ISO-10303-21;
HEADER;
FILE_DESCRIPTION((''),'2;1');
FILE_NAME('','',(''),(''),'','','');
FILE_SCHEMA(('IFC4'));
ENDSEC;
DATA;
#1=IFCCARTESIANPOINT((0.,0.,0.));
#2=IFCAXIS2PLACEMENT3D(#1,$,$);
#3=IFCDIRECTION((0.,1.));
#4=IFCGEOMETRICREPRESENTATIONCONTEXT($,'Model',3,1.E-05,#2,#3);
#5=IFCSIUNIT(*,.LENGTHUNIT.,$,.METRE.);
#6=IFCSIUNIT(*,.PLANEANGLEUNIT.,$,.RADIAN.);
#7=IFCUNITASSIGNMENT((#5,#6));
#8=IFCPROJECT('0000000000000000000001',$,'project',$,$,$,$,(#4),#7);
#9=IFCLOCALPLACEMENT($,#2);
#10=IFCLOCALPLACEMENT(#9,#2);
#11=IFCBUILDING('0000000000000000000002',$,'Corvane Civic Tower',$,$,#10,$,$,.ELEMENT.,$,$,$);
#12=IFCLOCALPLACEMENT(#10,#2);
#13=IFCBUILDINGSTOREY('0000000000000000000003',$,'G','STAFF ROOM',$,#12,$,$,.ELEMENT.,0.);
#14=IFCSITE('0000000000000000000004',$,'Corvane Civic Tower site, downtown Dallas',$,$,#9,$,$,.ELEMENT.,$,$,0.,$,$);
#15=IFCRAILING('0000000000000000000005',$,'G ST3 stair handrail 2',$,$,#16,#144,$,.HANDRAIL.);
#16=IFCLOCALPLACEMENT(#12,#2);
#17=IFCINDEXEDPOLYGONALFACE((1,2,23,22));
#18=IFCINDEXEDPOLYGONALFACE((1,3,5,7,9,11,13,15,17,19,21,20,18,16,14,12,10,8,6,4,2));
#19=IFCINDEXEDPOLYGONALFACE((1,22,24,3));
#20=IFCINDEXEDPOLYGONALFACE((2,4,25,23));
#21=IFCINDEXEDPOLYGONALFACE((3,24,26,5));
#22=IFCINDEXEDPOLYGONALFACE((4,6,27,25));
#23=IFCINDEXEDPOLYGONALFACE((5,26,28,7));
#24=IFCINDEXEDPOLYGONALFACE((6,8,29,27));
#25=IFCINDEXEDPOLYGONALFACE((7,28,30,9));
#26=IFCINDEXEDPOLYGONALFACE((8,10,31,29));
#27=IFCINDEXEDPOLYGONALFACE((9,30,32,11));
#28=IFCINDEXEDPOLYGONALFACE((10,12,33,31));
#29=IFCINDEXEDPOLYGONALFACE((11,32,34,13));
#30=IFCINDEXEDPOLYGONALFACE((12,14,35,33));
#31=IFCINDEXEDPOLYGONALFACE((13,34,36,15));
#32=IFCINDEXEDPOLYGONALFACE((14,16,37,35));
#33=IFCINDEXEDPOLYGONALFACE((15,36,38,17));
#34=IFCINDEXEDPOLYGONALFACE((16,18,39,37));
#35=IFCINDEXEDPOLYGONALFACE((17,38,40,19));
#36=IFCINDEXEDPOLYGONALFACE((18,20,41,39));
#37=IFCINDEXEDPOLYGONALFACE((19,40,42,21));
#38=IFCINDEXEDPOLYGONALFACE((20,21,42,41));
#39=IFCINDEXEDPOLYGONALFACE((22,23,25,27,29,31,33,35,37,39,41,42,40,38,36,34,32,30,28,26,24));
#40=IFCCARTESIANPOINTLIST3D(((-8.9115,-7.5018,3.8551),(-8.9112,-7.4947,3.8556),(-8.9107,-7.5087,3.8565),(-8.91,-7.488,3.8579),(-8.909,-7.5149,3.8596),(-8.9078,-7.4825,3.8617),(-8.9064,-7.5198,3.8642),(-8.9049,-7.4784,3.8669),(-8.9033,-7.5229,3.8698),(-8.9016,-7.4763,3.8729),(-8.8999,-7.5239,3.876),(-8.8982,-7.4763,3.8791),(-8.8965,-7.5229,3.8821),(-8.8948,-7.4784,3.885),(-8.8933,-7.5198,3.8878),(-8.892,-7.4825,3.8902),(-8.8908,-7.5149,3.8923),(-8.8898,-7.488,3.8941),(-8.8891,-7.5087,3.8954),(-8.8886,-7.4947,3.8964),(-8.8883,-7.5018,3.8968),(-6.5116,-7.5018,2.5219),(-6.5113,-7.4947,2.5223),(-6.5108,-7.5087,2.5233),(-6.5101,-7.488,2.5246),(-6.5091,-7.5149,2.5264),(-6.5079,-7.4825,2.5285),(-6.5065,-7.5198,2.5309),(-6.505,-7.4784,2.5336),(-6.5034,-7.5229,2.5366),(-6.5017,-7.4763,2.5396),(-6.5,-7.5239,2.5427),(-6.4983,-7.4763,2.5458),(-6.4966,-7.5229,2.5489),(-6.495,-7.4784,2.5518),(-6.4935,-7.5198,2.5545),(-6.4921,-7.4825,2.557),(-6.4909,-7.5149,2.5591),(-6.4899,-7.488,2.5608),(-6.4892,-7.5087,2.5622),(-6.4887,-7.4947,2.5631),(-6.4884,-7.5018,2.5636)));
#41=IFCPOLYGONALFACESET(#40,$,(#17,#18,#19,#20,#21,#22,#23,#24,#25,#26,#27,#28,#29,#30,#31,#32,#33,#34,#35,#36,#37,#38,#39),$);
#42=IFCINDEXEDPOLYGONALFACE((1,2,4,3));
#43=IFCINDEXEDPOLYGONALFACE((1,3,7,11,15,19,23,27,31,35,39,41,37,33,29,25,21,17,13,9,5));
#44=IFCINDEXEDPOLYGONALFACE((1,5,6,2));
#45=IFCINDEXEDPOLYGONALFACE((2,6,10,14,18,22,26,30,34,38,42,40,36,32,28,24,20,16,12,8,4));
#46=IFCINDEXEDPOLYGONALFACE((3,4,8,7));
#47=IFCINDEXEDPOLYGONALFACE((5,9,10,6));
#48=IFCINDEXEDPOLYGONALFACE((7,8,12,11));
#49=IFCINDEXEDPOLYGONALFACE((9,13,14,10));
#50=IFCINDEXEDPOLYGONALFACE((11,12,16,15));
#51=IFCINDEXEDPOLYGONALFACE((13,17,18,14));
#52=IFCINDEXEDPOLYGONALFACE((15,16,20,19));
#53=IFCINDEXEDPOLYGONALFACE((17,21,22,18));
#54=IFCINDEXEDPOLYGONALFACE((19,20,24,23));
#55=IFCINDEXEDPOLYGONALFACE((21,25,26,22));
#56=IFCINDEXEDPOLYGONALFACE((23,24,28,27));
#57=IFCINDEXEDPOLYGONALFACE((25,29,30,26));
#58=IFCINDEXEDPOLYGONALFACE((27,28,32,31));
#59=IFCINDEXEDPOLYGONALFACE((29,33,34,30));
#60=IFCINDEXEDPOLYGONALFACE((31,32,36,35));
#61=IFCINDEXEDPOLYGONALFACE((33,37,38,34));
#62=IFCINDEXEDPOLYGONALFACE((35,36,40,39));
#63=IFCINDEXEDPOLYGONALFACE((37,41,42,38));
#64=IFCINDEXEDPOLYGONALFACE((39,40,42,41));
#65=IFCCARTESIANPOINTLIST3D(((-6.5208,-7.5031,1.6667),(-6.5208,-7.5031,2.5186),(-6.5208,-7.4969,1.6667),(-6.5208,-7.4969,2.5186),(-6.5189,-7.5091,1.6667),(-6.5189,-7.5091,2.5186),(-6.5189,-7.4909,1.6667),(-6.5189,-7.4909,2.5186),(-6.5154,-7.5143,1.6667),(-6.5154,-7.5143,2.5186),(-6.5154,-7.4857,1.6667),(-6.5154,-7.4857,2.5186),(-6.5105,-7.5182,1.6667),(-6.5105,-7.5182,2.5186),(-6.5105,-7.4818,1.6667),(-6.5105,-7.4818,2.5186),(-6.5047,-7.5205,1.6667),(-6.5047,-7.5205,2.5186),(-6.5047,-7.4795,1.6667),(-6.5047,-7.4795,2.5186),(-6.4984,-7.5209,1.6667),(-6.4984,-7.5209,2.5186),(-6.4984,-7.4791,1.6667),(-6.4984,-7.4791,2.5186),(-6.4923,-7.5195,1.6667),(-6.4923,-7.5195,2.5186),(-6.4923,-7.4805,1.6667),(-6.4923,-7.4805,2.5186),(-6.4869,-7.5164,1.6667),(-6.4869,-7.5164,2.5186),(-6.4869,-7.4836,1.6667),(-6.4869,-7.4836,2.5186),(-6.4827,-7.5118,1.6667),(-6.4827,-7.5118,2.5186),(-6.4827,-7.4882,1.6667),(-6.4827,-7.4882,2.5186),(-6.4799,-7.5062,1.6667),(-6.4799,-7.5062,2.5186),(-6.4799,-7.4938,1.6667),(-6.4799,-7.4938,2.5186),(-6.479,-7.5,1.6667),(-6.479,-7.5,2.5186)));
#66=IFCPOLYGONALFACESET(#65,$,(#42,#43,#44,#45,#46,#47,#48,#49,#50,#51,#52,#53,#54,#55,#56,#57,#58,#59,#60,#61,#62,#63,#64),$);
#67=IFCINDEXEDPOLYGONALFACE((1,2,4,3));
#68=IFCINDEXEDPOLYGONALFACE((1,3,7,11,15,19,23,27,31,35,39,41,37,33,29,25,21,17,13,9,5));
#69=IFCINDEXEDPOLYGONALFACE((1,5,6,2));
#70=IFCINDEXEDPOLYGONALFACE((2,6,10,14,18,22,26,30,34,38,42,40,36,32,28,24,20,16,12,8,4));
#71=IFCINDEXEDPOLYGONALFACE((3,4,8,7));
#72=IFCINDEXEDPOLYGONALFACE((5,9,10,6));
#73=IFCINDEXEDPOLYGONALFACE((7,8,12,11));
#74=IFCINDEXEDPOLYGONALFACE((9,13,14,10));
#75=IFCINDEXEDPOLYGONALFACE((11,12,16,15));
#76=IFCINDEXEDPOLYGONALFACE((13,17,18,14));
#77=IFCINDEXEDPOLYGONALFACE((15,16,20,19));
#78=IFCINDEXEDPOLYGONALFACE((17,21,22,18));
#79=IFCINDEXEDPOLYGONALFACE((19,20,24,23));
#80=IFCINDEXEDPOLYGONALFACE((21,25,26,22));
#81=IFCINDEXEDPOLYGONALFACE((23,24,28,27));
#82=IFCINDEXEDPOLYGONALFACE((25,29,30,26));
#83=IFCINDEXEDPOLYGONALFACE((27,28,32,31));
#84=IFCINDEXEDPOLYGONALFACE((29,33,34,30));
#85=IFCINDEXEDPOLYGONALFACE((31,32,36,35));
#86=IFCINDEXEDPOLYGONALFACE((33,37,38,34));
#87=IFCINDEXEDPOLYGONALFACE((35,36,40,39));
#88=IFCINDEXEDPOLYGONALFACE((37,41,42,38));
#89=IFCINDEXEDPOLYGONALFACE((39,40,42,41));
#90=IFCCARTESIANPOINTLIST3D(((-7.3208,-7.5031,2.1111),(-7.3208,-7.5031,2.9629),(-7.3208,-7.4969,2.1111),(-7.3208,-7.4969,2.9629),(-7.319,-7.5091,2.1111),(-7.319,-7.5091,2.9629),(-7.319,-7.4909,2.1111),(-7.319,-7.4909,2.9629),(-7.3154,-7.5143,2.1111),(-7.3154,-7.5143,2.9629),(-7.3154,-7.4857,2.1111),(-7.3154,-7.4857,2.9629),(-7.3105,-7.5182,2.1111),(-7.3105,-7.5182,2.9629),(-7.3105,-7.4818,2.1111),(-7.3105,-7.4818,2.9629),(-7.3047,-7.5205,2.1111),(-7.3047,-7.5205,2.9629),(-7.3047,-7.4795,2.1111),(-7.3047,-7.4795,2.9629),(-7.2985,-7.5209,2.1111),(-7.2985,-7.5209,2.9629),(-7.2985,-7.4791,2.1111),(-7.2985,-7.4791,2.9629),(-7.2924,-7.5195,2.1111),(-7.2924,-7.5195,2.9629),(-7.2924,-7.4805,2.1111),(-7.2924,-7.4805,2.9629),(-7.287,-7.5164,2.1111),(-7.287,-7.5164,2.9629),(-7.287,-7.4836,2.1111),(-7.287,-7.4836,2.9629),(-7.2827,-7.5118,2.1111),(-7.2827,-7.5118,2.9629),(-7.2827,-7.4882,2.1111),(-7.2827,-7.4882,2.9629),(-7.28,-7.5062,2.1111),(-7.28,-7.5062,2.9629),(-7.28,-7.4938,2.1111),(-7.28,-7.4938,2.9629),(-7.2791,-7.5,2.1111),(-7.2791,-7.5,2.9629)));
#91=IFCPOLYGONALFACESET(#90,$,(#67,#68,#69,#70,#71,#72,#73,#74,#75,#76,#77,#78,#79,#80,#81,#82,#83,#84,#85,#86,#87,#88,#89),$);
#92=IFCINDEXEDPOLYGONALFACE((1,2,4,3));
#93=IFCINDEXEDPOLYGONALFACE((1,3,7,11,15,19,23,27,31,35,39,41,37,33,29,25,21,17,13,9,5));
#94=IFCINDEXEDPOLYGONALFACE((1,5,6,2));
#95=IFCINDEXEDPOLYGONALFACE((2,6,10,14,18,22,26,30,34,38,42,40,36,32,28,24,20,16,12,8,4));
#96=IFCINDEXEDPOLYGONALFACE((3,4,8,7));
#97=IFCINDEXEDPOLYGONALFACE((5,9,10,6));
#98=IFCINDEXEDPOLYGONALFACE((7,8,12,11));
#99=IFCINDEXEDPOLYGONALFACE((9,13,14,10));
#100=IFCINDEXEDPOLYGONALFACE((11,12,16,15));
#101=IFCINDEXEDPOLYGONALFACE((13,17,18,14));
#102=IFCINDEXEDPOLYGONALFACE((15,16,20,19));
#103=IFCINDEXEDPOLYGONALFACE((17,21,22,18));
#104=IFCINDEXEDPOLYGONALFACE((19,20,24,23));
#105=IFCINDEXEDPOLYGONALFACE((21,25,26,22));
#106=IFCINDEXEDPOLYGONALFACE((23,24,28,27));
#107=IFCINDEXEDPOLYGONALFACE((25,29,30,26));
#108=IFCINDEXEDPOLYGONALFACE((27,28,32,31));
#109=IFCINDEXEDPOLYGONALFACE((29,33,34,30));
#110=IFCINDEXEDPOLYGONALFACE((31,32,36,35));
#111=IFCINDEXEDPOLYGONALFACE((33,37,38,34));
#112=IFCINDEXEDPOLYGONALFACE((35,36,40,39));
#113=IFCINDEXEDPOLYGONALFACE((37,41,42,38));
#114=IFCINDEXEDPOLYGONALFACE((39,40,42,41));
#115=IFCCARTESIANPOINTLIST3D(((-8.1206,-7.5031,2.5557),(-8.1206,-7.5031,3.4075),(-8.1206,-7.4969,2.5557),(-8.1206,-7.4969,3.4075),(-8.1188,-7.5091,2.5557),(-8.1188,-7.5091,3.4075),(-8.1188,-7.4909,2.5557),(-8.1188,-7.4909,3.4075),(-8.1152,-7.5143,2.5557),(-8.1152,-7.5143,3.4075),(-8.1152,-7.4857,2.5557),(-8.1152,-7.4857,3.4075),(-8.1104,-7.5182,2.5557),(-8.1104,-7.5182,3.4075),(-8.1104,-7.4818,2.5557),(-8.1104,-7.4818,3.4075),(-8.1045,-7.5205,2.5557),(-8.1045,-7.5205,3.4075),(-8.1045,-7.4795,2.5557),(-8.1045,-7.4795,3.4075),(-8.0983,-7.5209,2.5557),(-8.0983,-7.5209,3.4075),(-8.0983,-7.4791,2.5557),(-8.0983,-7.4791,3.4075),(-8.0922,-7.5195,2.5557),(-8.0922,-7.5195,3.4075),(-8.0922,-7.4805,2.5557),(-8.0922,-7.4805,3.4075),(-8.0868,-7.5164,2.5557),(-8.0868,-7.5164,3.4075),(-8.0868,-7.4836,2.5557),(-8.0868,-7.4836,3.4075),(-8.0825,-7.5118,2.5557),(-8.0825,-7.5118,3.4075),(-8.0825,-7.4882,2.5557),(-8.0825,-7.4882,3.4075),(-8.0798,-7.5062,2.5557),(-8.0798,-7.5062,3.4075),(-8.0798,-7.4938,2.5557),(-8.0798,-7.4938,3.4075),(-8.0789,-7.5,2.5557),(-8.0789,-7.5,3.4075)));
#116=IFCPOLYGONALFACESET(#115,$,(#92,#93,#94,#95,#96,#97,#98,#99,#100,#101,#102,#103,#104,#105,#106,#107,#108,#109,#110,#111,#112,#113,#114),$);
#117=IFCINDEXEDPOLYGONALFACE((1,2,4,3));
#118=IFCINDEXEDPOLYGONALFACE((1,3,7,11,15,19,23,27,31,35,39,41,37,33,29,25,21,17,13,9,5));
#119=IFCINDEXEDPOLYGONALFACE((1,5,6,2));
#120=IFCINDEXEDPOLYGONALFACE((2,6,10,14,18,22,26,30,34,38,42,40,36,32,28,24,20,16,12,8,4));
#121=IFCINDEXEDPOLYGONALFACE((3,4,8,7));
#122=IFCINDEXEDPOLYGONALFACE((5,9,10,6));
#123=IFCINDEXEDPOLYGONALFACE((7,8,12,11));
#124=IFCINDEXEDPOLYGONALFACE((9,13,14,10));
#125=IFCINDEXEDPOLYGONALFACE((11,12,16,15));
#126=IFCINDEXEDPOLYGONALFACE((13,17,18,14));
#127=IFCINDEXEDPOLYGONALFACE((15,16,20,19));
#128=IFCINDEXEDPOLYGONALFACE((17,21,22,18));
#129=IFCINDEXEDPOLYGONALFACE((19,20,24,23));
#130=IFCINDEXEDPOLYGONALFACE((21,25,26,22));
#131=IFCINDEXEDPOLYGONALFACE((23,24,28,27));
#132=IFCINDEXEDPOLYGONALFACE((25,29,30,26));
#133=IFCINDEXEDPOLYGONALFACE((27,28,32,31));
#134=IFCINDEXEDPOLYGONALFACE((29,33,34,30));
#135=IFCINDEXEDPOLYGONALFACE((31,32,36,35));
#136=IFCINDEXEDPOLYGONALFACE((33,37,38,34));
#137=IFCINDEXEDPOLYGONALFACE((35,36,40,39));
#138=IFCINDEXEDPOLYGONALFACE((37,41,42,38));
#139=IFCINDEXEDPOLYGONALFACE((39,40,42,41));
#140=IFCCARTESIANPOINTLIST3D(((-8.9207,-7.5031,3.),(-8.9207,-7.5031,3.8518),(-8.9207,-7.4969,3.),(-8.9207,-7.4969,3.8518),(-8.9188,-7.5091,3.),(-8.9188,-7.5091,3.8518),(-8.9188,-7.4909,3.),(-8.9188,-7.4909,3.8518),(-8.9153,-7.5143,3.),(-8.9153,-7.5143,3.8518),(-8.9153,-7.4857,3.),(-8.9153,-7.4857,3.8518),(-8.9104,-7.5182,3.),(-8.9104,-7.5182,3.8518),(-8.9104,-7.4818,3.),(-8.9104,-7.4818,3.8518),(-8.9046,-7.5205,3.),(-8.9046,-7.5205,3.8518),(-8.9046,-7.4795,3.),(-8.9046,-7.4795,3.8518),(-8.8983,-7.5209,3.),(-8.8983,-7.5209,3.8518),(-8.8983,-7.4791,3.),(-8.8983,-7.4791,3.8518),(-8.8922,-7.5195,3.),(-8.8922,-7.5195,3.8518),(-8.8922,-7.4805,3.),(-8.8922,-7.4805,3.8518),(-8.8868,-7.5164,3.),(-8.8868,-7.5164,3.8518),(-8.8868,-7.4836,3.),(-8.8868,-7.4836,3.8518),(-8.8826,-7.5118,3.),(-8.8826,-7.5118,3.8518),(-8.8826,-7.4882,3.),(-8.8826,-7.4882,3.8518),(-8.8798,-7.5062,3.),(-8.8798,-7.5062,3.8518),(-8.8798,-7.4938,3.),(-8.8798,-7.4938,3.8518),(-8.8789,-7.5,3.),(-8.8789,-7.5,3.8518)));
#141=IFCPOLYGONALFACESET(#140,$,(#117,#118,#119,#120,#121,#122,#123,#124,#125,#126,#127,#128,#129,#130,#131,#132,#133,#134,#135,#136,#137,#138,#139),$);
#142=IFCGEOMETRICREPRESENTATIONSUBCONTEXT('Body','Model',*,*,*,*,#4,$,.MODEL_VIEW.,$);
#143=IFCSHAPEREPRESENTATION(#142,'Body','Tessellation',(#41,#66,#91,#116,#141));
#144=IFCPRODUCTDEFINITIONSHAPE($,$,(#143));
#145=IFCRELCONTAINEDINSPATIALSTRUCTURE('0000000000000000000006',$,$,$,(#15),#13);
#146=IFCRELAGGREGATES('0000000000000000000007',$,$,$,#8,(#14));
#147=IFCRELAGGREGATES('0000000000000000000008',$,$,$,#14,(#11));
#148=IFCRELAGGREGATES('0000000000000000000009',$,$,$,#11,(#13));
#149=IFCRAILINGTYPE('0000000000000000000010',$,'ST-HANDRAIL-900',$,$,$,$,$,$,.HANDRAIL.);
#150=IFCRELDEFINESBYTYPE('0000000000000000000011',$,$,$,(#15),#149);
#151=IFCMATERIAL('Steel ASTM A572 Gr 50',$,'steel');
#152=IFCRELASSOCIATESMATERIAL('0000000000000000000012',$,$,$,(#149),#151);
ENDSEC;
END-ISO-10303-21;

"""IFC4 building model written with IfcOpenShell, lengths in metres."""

from ifc_helpers import new_model, si_unit, direction, frame, origin, origin_2d, place, context, subcontext, project, spatial, circle, extrude, material, type_object, element, save


model = new_model("IFC4")

# Units and contexts
model_context = context("Model", 3, precision=1e-05, world=origin(), true_north=direction((0.0, 1.0)))
body_context = subcontext(model_context, "Body", "Model", "MODEL_VIEW")
ifc_project = project(units=[si_unit("LENGTHUNIT", "METRE"), si_unit("PLANEANGLEUNIT", "RADIAN")], contexts=[model_context])

# Site, building, storey
site_placement = place(None, origin())
site = spatial("IfcSite", under=ifc_project, at=site_placement, Name="Corvane Civic Tower site, downtown Dallas", CompositionType="ELEMENT", RefElevation=0.0)
building_placement = place(site_placement, origin())
building = spatial("IfcBuilding", under=site, at=building_placement, Name="Corvane Civic Tower", CompositionType="ELEMENT")
storey_placement = place(building_placement, origin())
storey = spatial("IfcBuildingStorey", under=building, at=storey_placement, Name="G", Description="STAFF ROOM", CompositionType="ELEMENT", Elevation=0.0)

# Railing
ifc_material_1 = material(Name="Steel ASTM A572 Gr 50", Category="steel")
railing_type_1 = type_object("IfcRailingType", Name="ST-HANDRAIL-900", PredefinedType="HANDRAIL", material=ifc_material_1)
for number, where, name in (
    (1, (-6.5, -7.5, 1.6667), "G ST3 stair handrail 2"),
):
    element("IfcRailing", number, at=place(storey_placement, frame(where)), inside=storey, type_object=railing_type_1, Name=name, PredefinedType="HANDRAIL", context=body_context, shape_type="SweptSolid", body=[
        extrude(circle(Radius=0.0239, at=origin_2d()), frame((0.0, 0.0, 0.876), z_axis=(-0.874161, 0.0, 0.485635), x_axis=(0.0, -1.0, 0.0)), (0.0, 0.0, 1.0), 2.7454),
        extrude(circle(Radius=0.021, at=origin_2d()), origin(), (0.0, 0.0, 1.0), 0.8518),
        extrude(circle(Radius=0.021, at=origin_2d()), frame((-0.8, 0.0, 0.4443)), (0.0, 0.0, 1.0), 0.8518),
        extrude(circle(Radius=0.021, at=origin_2d()), frame((-1.5999, 0.0, 0.8889)), (0.0, 0.0, 1.0), 0.8518),
        extrude(circle(Radius=0.021, at=origin_2d()), frame((-2.3999, 0.0, 1.3333)), (0.0, 0.0, 1.0), 0.8518),
    ])

save(model, "model.ifc")
